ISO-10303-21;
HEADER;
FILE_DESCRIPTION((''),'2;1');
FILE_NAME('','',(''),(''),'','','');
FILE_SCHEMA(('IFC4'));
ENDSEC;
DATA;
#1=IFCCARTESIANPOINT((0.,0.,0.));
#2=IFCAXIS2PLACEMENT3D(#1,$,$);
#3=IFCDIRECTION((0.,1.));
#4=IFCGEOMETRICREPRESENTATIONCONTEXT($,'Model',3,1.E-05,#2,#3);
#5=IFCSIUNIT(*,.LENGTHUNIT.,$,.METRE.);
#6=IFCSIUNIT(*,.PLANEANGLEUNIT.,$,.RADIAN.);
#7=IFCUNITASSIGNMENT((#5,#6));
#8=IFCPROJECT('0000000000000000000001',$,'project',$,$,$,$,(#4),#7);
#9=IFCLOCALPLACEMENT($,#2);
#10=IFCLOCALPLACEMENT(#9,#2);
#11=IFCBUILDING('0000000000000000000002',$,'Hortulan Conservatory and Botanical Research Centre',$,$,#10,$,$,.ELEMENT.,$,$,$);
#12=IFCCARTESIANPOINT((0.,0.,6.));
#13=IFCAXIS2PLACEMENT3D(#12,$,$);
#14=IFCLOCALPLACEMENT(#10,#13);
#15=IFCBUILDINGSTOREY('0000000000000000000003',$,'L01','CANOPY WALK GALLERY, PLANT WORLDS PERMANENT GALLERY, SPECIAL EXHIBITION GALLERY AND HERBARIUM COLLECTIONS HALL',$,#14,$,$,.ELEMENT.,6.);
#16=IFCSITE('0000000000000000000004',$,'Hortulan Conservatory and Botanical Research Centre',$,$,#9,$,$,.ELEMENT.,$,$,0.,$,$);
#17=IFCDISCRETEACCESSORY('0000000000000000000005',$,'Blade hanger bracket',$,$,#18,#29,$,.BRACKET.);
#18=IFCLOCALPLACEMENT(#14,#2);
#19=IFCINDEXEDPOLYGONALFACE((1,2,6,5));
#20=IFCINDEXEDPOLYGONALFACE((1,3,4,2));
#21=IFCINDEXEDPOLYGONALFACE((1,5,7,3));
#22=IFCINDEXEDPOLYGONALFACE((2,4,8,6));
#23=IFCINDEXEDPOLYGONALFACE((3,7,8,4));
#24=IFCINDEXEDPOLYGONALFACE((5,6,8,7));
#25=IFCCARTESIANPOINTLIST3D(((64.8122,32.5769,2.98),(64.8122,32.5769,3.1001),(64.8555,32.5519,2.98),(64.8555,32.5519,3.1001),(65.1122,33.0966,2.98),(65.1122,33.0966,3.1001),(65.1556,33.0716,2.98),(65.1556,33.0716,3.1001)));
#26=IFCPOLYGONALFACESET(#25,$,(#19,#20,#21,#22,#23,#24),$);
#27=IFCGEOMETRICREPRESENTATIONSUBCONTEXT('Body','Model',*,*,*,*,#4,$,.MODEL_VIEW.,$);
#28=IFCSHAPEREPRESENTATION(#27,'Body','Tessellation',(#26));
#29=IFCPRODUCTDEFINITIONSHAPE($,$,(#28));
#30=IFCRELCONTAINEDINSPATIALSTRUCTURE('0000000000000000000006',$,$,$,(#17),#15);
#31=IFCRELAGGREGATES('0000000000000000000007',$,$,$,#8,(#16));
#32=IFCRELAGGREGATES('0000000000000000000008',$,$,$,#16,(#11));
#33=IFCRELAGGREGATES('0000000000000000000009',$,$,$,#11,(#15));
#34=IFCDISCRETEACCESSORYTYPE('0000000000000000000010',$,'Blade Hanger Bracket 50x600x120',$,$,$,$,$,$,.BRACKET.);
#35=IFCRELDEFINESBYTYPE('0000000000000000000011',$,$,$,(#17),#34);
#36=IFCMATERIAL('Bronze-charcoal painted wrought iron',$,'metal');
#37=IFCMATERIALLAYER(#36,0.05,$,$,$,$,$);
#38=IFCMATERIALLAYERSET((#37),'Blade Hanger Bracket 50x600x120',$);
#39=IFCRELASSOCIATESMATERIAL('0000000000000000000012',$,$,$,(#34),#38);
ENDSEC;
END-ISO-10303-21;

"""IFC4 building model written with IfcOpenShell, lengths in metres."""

from ifc_helpers import new_model, si_unit, direction, frame, origin, origin_2d, place, context, subcontext, project, spatial, rectangle, extrude, material, layer, layer_set, type_object, element, save


model = new_model("IFC4")

# Units and contexts
model_context = context("Model", 3, precision=1e-05, world=origin(), true_north=direction((0.0, 1.0)))
body_context = subcontext(model_context, "Body", "Model", "MODEL_VIEW")
ifc_project = project(units=[si_unit("LENGTHUNIT", "METRE"), si_unit("PLANEANGLEUNIT", "RADIAN")], contexts=[model_context])

# Site, building, storey
site_placement = place(None, origin())
site = spatial("IfcSite", under=ifc_project, at=site_placement, Name="Hortulan Conservatory and Botanical Research Centre", CompositionType="ELEMENT", RefElevation=0.0)
building_placement = place(site_placement, origin())
building = spatial("IfcBuilding", under=site, at=building_placement, Name="Hortulan Conservatory and Botanical Research Centre", CompositionType="ELEMENT")
storey_placement = place(building_placement, frame((0.0, 0.0, 6.0)))
storey = spatial("IfcBuildingStorey", under=building, at=storey_placement, Name="L01", Description="CANOPY WALK GALLERY, PLANT WORLDS PERMANENT GALLERY, SPECIAL EXHIBITION GALLERY AND HERBARIUM COLLECTIONS HALL", CompositionType="ELEMENT", Elevation=6.0)

# Discrete accessory
ifc_material_1 = material(Name="Bronze-charcoal painted wrought iron", Category="metal")
ifc_layer_1 = layer(ifc_material_1, 0.05)
ifc_layer_set_1 = layer_set([ifc_layer_1], Name="Blade Hanger Bracket 50x600x120")
discrete_accessory_type = type_object("IfcDiscreteAccessoryType", Name="Blade Hanger Bracket 50x600x120", PredefinedType="BRACKET", material=ifc_layer_set_1)
for number, where, z_axis, x_axis, name in (
    (1, (64.9839, 32.8242, 2.98), (0.0, 0.0, 1.0), (0.866036, -0.499982, 0.0), "Blade hanger bracket"),
):
    element("IfcDiscreteAccessory", number, at=place(storey_placement, frame(where, z_axis=z_axis, x_axis=x_axis)), inside=storey, type_object=discrete_accessory_type, Name=name, PredefinedType="BRACKET", context=body_context, shape_type="SweptSolid", body=[
        extrude(rectangle(XDim=0.05, YDim=0.6001, at=origin_2d()), origin(), (0.0, 0.0, 1.0), 0.1201),
    ])

save(model, "model.ifc")
